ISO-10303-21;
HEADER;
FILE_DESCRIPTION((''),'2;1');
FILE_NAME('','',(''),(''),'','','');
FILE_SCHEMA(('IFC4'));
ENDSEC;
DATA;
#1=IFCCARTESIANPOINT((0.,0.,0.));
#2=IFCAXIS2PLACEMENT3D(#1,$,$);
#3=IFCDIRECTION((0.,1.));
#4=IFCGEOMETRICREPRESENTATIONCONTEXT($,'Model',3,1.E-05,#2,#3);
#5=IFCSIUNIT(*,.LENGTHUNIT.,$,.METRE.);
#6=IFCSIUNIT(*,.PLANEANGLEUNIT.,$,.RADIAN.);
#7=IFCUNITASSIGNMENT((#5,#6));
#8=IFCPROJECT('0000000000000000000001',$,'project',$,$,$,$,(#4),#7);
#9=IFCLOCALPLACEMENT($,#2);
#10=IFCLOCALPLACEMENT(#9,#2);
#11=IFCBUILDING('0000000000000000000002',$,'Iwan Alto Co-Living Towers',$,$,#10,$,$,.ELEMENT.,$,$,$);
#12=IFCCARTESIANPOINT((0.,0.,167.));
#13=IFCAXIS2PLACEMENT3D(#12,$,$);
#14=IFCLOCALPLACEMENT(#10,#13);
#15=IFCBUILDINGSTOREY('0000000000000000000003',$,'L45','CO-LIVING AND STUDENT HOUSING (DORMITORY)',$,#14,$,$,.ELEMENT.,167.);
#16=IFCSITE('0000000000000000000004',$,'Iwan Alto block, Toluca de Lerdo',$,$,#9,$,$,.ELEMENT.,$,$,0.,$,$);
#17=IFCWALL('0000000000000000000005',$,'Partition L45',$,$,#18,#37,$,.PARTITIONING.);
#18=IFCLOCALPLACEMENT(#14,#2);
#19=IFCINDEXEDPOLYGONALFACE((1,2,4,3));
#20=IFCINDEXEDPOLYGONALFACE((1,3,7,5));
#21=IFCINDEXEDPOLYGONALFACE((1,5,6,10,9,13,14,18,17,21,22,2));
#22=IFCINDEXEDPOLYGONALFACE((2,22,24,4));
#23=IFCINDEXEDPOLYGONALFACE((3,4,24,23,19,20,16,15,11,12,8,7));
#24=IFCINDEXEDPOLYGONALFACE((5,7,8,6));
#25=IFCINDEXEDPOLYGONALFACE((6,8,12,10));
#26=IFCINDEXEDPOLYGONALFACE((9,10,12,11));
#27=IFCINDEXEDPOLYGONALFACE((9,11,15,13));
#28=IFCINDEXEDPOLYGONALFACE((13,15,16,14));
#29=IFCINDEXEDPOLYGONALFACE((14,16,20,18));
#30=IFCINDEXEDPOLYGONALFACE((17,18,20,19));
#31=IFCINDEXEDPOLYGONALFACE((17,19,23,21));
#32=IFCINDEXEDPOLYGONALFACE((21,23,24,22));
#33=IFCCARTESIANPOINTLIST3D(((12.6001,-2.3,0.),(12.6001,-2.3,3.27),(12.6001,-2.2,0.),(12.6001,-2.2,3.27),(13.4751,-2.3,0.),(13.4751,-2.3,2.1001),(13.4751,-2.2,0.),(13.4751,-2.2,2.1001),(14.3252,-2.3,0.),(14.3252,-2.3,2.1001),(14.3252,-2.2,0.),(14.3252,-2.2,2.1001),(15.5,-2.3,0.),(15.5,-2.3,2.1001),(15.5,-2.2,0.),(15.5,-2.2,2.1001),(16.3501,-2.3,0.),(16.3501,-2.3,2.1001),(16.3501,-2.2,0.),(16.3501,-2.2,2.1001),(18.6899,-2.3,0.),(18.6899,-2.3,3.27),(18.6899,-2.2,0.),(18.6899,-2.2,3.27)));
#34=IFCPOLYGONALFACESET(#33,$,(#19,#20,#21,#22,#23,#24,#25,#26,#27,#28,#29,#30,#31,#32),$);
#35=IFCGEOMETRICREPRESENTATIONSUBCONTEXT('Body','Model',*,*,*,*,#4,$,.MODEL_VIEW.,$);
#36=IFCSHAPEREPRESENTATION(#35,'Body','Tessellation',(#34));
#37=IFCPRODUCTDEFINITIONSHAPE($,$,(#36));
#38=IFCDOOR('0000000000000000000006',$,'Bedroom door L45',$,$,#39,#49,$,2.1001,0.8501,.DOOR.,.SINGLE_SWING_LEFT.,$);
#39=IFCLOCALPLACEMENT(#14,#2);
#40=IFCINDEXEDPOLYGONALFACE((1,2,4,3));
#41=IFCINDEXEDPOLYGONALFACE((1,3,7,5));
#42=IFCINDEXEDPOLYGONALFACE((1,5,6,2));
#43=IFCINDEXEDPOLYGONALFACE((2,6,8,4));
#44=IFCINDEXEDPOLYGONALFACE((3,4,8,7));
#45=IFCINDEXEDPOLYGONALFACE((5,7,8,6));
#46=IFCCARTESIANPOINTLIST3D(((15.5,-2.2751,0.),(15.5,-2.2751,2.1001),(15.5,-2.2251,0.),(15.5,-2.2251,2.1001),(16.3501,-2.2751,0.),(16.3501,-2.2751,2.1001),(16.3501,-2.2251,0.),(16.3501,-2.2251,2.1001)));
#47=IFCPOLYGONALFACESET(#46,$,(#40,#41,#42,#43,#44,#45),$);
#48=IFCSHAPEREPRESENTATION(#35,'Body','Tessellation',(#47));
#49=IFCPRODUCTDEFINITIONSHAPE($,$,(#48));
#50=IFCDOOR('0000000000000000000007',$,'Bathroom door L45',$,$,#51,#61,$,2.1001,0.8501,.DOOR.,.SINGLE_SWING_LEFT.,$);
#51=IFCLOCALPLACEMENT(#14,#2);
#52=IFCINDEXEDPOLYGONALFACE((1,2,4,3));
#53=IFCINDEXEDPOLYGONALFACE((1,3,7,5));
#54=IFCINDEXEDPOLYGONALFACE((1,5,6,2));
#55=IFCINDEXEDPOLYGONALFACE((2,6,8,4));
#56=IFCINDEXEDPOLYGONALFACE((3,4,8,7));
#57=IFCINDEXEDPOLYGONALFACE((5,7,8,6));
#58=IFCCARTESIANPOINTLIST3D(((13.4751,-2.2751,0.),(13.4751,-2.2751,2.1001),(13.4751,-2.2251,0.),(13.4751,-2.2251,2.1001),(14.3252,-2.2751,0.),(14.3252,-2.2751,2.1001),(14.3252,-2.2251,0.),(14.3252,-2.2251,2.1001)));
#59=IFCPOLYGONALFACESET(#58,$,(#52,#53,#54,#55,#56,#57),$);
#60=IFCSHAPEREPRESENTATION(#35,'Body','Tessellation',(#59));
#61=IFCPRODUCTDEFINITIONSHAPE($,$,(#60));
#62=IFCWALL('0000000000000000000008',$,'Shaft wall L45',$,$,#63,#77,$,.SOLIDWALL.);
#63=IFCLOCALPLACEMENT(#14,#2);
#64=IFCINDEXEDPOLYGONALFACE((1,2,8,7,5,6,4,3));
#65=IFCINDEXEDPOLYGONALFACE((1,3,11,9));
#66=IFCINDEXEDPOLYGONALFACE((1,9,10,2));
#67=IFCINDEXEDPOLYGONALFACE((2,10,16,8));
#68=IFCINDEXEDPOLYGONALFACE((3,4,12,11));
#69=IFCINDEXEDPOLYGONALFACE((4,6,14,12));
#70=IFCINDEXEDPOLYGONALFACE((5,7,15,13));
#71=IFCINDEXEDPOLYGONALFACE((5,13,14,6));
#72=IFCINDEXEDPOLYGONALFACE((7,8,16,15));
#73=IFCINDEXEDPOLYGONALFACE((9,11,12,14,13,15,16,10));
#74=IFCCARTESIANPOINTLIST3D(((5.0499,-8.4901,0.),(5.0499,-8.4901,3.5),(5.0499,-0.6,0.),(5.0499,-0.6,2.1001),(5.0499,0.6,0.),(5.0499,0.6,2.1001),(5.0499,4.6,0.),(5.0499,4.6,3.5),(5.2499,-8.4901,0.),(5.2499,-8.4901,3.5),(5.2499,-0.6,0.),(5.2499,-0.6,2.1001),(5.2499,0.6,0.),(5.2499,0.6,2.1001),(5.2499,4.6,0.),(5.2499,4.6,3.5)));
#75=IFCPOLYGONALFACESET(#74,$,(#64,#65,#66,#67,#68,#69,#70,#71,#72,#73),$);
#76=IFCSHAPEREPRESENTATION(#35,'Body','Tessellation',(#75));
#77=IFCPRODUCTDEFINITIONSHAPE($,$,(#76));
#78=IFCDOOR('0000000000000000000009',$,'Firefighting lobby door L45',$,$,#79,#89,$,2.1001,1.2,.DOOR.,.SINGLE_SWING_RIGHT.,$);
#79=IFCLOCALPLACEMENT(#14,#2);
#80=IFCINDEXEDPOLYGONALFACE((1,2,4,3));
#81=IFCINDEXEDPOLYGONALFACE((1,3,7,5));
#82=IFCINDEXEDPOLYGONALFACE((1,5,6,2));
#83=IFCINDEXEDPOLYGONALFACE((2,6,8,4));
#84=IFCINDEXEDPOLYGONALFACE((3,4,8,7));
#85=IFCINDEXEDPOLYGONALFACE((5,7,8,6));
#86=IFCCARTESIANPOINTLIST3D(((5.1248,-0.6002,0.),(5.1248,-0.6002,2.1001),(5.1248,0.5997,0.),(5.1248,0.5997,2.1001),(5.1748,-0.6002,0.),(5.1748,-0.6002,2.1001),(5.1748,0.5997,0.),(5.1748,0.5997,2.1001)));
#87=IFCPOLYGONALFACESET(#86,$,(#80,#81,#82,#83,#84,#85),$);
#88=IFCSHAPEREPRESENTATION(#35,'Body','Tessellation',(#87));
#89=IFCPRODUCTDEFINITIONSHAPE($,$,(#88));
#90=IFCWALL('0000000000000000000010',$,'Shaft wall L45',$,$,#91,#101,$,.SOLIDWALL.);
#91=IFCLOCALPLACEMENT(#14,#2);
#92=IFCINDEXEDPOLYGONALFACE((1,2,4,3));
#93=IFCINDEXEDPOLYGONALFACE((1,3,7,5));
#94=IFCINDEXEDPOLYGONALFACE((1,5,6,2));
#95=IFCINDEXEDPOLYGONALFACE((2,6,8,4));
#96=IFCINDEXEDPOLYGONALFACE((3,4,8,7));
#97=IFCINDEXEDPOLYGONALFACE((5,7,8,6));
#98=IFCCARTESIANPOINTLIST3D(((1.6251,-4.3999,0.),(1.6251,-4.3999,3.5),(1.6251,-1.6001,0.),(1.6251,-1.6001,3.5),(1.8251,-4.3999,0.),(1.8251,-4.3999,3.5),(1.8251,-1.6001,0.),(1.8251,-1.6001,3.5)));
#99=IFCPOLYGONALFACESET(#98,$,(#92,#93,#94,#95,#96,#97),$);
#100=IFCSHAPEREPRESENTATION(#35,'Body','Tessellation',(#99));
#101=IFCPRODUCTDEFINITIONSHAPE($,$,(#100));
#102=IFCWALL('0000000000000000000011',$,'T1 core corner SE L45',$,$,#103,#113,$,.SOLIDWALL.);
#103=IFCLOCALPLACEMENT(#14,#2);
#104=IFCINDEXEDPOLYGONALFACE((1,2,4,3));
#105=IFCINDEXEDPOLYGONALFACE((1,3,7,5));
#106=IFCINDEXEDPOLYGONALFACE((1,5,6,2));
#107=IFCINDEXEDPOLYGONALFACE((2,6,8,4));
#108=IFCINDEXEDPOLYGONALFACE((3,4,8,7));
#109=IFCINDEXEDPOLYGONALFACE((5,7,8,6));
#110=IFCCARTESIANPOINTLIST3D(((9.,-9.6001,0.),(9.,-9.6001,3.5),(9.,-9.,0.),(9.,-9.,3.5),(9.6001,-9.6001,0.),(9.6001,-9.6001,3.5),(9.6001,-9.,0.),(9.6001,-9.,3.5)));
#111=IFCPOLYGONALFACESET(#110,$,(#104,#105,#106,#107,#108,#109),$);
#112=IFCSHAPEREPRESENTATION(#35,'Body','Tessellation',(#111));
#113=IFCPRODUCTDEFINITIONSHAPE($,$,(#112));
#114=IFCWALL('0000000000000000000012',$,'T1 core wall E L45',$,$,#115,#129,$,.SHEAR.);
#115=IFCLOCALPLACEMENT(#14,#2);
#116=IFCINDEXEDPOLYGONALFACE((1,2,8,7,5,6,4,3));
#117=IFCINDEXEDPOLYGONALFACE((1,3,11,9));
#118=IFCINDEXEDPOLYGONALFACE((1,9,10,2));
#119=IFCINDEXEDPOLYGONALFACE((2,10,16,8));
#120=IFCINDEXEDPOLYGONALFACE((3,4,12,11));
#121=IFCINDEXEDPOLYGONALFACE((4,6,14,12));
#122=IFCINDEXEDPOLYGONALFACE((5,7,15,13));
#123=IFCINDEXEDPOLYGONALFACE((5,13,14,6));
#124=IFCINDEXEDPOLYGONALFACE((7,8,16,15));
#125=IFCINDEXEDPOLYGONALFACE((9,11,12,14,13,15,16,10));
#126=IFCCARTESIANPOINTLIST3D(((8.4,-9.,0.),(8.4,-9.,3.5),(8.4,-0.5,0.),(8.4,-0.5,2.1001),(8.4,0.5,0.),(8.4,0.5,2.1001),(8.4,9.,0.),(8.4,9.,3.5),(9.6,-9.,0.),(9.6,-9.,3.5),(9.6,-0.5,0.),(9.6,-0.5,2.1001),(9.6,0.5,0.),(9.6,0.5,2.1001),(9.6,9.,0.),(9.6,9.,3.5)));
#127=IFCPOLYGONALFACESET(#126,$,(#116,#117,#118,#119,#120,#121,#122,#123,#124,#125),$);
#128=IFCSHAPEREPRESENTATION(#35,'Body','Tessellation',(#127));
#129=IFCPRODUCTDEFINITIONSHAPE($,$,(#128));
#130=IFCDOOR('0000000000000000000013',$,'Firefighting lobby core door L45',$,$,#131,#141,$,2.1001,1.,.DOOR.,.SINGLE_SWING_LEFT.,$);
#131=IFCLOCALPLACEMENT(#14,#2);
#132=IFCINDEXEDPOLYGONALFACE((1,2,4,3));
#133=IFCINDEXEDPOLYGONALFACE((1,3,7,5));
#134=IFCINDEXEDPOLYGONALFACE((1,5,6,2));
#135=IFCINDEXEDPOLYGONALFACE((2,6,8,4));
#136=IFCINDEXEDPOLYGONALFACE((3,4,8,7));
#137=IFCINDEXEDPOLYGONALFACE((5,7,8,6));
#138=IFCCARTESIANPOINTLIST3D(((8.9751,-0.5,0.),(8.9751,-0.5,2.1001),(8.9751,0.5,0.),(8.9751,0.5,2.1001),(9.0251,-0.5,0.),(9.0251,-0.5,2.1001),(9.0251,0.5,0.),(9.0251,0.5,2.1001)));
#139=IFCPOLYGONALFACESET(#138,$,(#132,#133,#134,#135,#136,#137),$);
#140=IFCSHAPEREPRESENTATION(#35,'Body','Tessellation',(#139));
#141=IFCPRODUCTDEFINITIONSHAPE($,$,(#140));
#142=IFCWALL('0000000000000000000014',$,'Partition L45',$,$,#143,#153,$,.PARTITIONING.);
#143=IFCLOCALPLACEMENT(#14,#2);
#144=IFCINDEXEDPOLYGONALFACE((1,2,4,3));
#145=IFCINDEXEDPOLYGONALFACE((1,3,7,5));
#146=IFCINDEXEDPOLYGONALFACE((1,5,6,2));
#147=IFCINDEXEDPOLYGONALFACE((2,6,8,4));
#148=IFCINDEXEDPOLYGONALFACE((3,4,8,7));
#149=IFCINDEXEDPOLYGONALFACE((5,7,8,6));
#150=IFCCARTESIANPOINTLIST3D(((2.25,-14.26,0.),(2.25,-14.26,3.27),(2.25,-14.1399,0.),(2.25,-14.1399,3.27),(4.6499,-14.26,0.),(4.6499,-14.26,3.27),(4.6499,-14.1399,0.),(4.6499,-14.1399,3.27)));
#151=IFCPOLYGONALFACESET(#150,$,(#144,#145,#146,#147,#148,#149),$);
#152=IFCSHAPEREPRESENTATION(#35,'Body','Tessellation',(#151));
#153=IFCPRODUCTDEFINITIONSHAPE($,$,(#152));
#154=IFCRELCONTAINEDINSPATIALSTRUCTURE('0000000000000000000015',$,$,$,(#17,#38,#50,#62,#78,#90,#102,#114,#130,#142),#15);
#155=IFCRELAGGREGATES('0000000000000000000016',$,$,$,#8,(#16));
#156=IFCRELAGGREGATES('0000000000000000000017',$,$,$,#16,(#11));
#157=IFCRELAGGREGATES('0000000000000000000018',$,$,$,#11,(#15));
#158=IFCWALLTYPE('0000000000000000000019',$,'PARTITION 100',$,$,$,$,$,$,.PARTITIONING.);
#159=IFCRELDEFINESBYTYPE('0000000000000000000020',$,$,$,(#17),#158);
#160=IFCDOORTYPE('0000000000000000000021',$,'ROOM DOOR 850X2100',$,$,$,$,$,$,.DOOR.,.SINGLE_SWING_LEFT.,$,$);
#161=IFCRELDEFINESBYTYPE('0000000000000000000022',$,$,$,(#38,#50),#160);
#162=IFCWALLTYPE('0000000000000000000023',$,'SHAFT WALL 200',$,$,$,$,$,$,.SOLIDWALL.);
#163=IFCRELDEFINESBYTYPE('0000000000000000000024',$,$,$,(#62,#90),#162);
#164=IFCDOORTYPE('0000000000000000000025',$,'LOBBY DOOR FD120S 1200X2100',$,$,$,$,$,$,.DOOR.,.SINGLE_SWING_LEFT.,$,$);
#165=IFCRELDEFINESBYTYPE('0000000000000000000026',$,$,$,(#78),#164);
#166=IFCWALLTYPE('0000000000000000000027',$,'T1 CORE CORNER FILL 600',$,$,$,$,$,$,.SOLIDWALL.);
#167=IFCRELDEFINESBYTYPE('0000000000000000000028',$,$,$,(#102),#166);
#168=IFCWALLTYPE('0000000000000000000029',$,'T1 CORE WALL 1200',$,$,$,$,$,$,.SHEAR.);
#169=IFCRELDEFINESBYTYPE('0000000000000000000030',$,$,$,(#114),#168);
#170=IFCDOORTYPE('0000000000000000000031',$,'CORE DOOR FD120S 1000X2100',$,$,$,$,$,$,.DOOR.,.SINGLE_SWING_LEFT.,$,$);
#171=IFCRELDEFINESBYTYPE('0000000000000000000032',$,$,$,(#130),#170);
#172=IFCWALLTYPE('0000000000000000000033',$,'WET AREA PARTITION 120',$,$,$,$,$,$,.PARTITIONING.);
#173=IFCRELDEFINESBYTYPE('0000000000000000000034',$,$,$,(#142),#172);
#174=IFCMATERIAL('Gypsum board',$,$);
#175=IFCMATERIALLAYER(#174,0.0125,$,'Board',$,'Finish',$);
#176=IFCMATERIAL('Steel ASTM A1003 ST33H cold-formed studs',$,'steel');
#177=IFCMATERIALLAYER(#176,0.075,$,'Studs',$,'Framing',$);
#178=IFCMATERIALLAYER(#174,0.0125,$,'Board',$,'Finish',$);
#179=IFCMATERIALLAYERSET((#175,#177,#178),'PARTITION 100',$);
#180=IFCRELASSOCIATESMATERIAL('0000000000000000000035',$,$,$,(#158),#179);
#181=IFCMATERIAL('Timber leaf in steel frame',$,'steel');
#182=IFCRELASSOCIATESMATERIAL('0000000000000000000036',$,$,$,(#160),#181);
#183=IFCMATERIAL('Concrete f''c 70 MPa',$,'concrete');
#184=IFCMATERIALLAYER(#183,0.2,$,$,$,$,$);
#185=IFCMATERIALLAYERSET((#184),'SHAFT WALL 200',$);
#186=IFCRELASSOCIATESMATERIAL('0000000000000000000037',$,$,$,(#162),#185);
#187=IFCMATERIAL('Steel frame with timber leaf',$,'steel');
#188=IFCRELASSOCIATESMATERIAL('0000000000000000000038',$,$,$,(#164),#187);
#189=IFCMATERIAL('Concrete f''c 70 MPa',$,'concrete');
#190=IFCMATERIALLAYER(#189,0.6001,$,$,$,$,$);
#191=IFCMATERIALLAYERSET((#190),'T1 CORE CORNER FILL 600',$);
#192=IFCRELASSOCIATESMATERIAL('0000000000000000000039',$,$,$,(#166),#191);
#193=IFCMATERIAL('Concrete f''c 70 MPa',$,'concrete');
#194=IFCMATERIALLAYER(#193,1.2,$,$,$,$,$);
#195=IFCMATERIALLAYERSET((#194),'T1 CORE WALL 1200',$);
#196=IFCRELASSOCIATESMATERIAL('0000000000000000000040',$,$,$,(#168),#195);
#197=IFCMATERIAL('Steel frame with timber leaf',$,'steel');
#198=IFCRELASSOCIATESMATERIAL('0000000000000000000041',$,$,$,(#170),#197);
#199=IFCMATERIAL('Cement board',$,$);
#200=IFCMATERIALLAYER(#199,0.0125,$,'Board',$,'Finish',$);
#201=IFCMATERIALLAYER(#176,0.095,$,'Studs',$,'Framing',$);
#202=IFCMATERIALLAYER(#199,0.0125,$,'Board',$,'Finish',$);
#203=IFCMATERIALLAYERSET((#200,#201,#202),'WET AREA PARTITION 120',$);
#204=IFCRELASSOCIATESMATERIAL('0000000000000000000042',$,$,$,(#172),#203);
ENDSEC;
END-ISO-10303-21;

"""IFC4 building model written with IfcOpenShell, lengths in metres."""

from ifc_helpers import new_model, si_unit, direction, frame, frame_2d, origin, place, context, subcontext, project, spatial, rectangle, extrude, material, layer, layer_set, type_object, element, fill, save


model = new_model("IFC4")

# Units and contexts
model_context = context("Model", 3, precision=1e-05, world=origin(), true_north=direction((0.0, 1.0)))
body_context = subcontext(model_context, "Body", "Model", "MODEL_VIEW")
ifc_project = project(units=[si_unit("LENGTHUNIT", "METRE"), si_unit("PLANEANGLEUNIT", "RADIAN")], contexts=[model_context])

# Site, building, storey
site_placement = place(None, origin())
site = spatial("IfcSite", under=ifc_project, at=site_placement, Name="Iwan Alto block, Toluca de Lerdo", CompositionType="ELEMENT", RefElevation=0.0)
building_placement = place(site_placement, origin())
building = spatial("IfcBuilding", under=site, at=building_placement, Name="Iwan Alto Co-Living Towers", CompositionType="ELEMENT")
storey_placement = place(building_placement, frame((0.0, 0.0, 167.0)))
storey = spatial("IfcBuildingStorey", under=building, at=storey_placement, Name="L45", Description="CO-LIVING AND STUDENT HOUSING (DORMITORY)", CompositionType="ELEMENT", Elevation=167.0)

# Shared definitions
ifc_material_1 = material(Name="Gypsum board")
ifc_material_2 = material(Name="Steel ASTM A1003 ST33H cold-formed studs", Category="steel")

# Shared definitions
ifc_layer_1 = layer(ifc_material_1, 0.0125, Name="Board", Category="Finish")
ifc_layer_2 = layer(ifc_material_2, 0.075, Name="Studs", Category="Framing")
ifc_layer_3 = layer(ifc_material_1, 0.0125, Name="Board", Category="Finish")
ifc_layer_set_1 = layer_set([ifc_layer_1, ifc_layer_2, ifc_layer_3], Name="PARTITION 100")
wall_type_1 = type_object("IfcWallType", Name="PARTITION 100", PredefinedType="PARTITIONING", material=ifc_layer_set_1)

# Shared definitions
ifc_material_3 = material(Name="Timber leaf in steel frame", Category="steel")
door_type_1 = type_object("IfcDoorType", Name="ROOM DOOR 850X2100", OperationType="SINGLE_SWING_LEFT", PredefinedType="DOOR", material=ifc_material_3)

# Wall, openings, doors
wall_1_placement = place(storey_placement, frame((12.6001, -2.25, 0.0), z_axis=(0.0, 0.0, 1.0), x_axis=(1.0, 0.0, 0.0)))
wall_1 = element("IfcWall", 1, at=wall_1_placement, inside=storey, type_object=wall_type_1, Name="Partition L45", PredefinedType="PARTITIONING", context=body_context, shape_type="SweptSolid", body=[
    extrude(rectangle(XDim=6.0898, YDim=0.1001, at=frame_2d((3.0449, 0.0))), origin(), (0.0, 0.0, 1.0), 3.27),
])
opening_1_placement = place(wall_1_placement, frame((2.8999, 0.0, 0.0)))
opening_1 = element("IfcOpeningElement", 2, at=opening_1_placement, cuts=wall_1, PredefinedType="OPENING", context=body_context, shape_type="SweptSolid", body=[
    extrude(rectangle(XDim=0.8501, YDim=2.1001, at=frame_2d((0.425, 1.05))), frame((0.0, 0.0601, 0.0), z_axis=(0.0, -1.0, 0.0), x_axis=(1.0, 0.0, 0.0)), (0.0, 0.0, 1.0), 0.1201),
])
opening_2_placement = place(wall_1_placement, frame((0.875, 0.0, 0.0)))
opening_2 = element("IfcOpeningElement", 3, at=opening_2_placement, cuts=wall_1, PredefinedType="OPENING", context=body_context, shape_type="SweptSolid", body=[
    extrude(rectangle(XDim=0.8501, YDim=2.1001, at=frame_2d((0.425, 1.05))), frame((0.0, 0.0601, 0.0), z_axis=(0.0, -1.0, 0.0), x_axis=(1.0, 0.0, 0.0)), (0.0, 0.0, 1.0), 0.1201),
])
door_1_placement = place(opening_1_placement, origin())
door_1 = element("IfcDoor", 4, at=door_1_placement, inside=storey, type_object=door_type_1, Name="Bedroom door L45", OperationType="SINGLE_SWING_LEFT", OverallHeight=2.1001, OverallWidth=0.8501, PredefinedType="DOOR", context=body_context, shape_type="SweptSolid", body=[
    extrude(rectangle(XDim=0.8501, YDim=2.1001, at=frame_2d((0.425, 1.05))), frame((0.0, 0.0249, 0.0), z_axis=(0.0, -1.0, 0.0), x_axis=(1.0, 0.0, 0.0)), (0.0, 0.0, 1.0), 0.05),
])
fill(opening_1, door_1)
door_2_placement = place(opening_2_placement, origin())
door_2 = element("IfcDoor", 5, at=door_2_placement, inside=storey, type_object=door_type_1, Name="Bathroom door L45", OperationType="SINGLE_SWING_LEFT", OverallHeight=2.1001, OverallWidth=0.8501, PredefinedType="DOOR", context=body_context, shape_type="SweptSolid", body=[
    extrude(rectangle(XDim=0.8501, YDim=2.1001, at=frame_2d((0.425, 1.05))), frame((0.0, 0.0249, 0.0), z_axis=(0.0, -1.0, 0.0), x_axis=(1.0, 0.0, 0.0)), (0.0, 0.0, 1.0), 0.05),
])
fill(opening_2, door_2)

# Wall, opening, door
ifc_material_4 = material(Name="Concrete f'c 70 MPa", Category="concrete")
ifc_layer_4 = layer(ifc_material_4, 0.2)
ifc_layer_set_2 = layer_set([ifc_layer_4], Name="SHAFT WALL 200")
wall_type_2 = type_object("IfcWallType", Name="SHAFT WALL 200", PredefinedType="SOLIDWALL", material=ifc_layer_set_2)
wall_2_placement = place(storey_placement, frame((5.1499, -8.49, 0.0), z_axis=(0.0, 0.0, 1.0), x_axis=(0.0, 1.0, 0.0)))
wall_2 = element("IfcWall", 6, at=wall_2_placement, inside=storey, type_object=wall_type_2, Name="Shaft wall L45", PredefinedType="SOLIDWALL", context=body_context, shape_type="SweptSolid", body=[
    extrude(rectangle(XDim=13.0901, YDim=0.2, at=frame_2d((6.5449, 0.0))), origin(), (0.0, 0.0, 1.0), 3.5),
])
opening_3_placement = place(wall_2_placement, frame((7.8899, 0.0, 0.0)))
opening_3 = element("IfcOpeningElement", 7, at=opening_3_placement, cuts=wall_2, PredefinedType="OPENING", context=body_context, shape_type="SweptSolid", body=[
    extrude(rectangle(XDim=1.2, YDim=2.1001, at=frame_2d((0.6001, 1.05))), frame((0.0, 0.1099, 0.0), z_axis=(0.0, -1.0, 0.0), x_axis=(1.0, 0.0, 0.0)), (0.0, 0.0, 1.0), 0.22),
])
ifc_material_5 = material(Name="Steel frame with timber leaf", Category="steel")
door_type_2 = type_object("IfcDoorType", Name="LOBBY DOOR FD120S 1200X2100", OperationType="SINGLE_SWING_LEFT", PredefinedType="DOOR", material=ifc_material_5)
door_3_placement = place(opening_3_placement, frame((1.2, 0.0, 0.0), z_axis=(0.0, 0.0, 1.0), x_axis=(-1.0, 0.0, 0.0)))
door_3 = element("IfcDoor", 8, at=door_3_placement, inside=storey, type_object=door_type_2, Name="Firefighting lobby door L45", OperationType="SINGLE_SWING_RIGHT", OverallHeight=2.1001, OverallWidth=1.2, PredefinedType="DOOR", context=body_context, shape_type="SweptSolid", body=[
    extrude(rectangle(XDim=1.2, YDim=2.1001, at=frame_2d((0.6001, 1.05))), frame((0.0, 0.0249, 0.0), z_axis=(0.0, -1.0, 0.0), x_axis=(1.0, 0.0, 0.0)), (0.0, 0.0, 1.0), 0.05),
])
fill(opening_3, door_3)

# Walls
wall_3_placement = place(storey_placement, frame((1.7251, -4.3999, 0.0), z_axis=(0.0, 0.0, 1.0), x_axis=(0.0, 1.0, 0.0)))
element("IfcWall", 9, at=wall_3_placement, inside=storey, type_object=wall_type_2, Name="Shaft wall L45", PredefinedType="SOLIDWALL", context=body_context, shape_type="SweptSolid", body=[
    extrude(rectangle(XDim=2.7998, YDim=0.2, at=frame_2d((1.3999, 0.0))), origin(), (0.0, 0.0, 1.0), 3.5),
])
ifc_material_6 = material(Name="Concrete f'c 70 MPa", Category="concrete")
ifc_layer_5 = layer(ifc_material_6, 0.6001)
ifc_layer_set_3 = layer_set([ifc_layer_5], Name="T1 CORE CORNER FILL 600")
wall_type_3 = type_object("IfcWallType", Name="T1 CORE CORNER FILL 600", PredefinedType="SOLIDWALL", material=ifc_layer_set_3)
wall_4_placement = place(storey_placement, frame((9.0, -9.3, 0.0), z_axis=(0.0, 0.0, 1.0), x_axis=(1.0, 0.0, 0.0)))
element("IfcWall", 10, at=wall_4_placement, inside=storey, type_object=wall_type_3, Name="T1 core corner SE L45", PredefinedType="SOLIDWALL", context=body_context, shape_type="SweptSolid", body=[
    extrude(rectangle(XDim=0.6001, YDim=0.6001, at=frame_2d((0.3, 0.0))), origin(), (0.0, 0.0, 1.0), 3.5),
])

# Wall, opening, door
ifc_material_7 = material(Name="Concrete f'c 70 MPa", Category="concrete")
ifc_layer_6 = layer(ifc_material_7, 1.2)
ifc_layer_set_4 = layer_set([ifc_layer_6], Name="T1 CORE WALL 1200")
wall_type_4 = type_object("IfcWallType", Name="T1 CORE WALL 1200", PredefinedType="SHEAR", material=ifc_layer_set_4)
wall_5_placement = place(storey_placement, frame((9.0, -9.0, 0.0), z_axis=(0.0, 0.0, 1.0), x_axis=(0.0, 1.0, 0.0)))
wall_5 = element("IfcWall", 11, at=wall_5_placement, inside=storey, type_object=wall_type_4, Name="T1 core wall E L45", PredefinedType="SHEAR", context=body_context, shape_type="SweptSolid", body=[
    extrude(rectangle(XDim=18.0, YDim=1.2, at=frame_2d((9.0, 0.0))), origin(), (0.0, 0.0, 1.0), 3.5),
])
opening_4_placement = place(wall_5_placement, frame((8.5, 0.0, 0.0)))
opening_4 = element("IfcOpeningElement", 12, at=opening_4_placement, cuts=wall_5, PredefinedType="OPENING", context=body_context, shape_type="SweptSolid", body=[
    extrude(rectangle(XDim=1.0, YDim=2.1001, at=frame_2d((0.5, 1.05))), frame((0.0, 0.6099, 0.0), z_axis=(0.0, -1.0, 0.0), x_axis=(1.0, 0.0, 0.0)), (0.0, 0.0, 1.0), 1.22),
])
ifc_material_8 = material(Name="Steel frame with timber leaf", Category="steel")
door_type_3 = type_object("IfcDoorType", Name="CORE DOOR FD120S 1000X2100", OperationType="SINGLE_SWING_LEFT", PredefinedType="DOOR", material=ifc_material_8)
door_4_placement = place(opening_4_placement, origin())
door_4 = element("IfcDoor", 13, at=door_4_placement, inside=storey, type_object=door_type_3, Name="Firefighting lobby core door L45", OperationType="SINGLE_SWING_LEFT", OverallHeight=2.1001, OverallWidth=1.0, PredefinedType="DOOR", context=body_context, shape_type="SweptSolid", body=[
    extrude(rectangle(XDim=1.0, YDim=2.1001, at=frame_2d((0.5, 1.05))), frame((0.0, 0.0249, 0.0), z_axis=(0.0, -1.0, 0.0), x_axis=(1.0, 0.0, 0.0)), (0.0, 0.0, 1.0), 0.05),
])
fill(opening_4, door_4)

# Wall
ifc_material_9 = material(Name="Cement board")
ifc_layer_7 = layer(ifc_material_9, 0.0125, Name="Board", Category="Finish")
ifc_layer_8 = layer(ifc_material_2, 0.095, Name="Studs", Category="Framing")
ifc_layer_9 = layer(ifc_material_9, 0.0125, Name="Board", Category="Finish")
ifc_layer_set_5 = layer_set([ifc_layer_7, ifc_layer_8, ifc_layer_9], Name="WET AREA PARTITION 120")
wall_type_5 = type_object("IfcWallType", Name="WET AREA PARTITION 120", PredefinedType="PARTITIONING", material=ifc_layer_set_5)
wall_6_placement = place(storey_placement, frame((2.25, -14.2, 0.0), z_axis=(0.0, 0.0, 1.0), x_axis=(1.0, 0.0, 0.0)))
element("IfcWall", 14, at=wall_6_placement, inside=storey, type_object=wall_type_5, Name="Partition L45", PredefinedType="PARTITIONING", context=body_context, shape_type="SweptSolid", body=[
    extrude(rectangle(XDim=2.3999, YDim=0.1201, at=frame_2d((1.2, 0.0))), origin(), (0.0, 0.0, 1.0), 3.27),
])

save(model, "model.ifc")
